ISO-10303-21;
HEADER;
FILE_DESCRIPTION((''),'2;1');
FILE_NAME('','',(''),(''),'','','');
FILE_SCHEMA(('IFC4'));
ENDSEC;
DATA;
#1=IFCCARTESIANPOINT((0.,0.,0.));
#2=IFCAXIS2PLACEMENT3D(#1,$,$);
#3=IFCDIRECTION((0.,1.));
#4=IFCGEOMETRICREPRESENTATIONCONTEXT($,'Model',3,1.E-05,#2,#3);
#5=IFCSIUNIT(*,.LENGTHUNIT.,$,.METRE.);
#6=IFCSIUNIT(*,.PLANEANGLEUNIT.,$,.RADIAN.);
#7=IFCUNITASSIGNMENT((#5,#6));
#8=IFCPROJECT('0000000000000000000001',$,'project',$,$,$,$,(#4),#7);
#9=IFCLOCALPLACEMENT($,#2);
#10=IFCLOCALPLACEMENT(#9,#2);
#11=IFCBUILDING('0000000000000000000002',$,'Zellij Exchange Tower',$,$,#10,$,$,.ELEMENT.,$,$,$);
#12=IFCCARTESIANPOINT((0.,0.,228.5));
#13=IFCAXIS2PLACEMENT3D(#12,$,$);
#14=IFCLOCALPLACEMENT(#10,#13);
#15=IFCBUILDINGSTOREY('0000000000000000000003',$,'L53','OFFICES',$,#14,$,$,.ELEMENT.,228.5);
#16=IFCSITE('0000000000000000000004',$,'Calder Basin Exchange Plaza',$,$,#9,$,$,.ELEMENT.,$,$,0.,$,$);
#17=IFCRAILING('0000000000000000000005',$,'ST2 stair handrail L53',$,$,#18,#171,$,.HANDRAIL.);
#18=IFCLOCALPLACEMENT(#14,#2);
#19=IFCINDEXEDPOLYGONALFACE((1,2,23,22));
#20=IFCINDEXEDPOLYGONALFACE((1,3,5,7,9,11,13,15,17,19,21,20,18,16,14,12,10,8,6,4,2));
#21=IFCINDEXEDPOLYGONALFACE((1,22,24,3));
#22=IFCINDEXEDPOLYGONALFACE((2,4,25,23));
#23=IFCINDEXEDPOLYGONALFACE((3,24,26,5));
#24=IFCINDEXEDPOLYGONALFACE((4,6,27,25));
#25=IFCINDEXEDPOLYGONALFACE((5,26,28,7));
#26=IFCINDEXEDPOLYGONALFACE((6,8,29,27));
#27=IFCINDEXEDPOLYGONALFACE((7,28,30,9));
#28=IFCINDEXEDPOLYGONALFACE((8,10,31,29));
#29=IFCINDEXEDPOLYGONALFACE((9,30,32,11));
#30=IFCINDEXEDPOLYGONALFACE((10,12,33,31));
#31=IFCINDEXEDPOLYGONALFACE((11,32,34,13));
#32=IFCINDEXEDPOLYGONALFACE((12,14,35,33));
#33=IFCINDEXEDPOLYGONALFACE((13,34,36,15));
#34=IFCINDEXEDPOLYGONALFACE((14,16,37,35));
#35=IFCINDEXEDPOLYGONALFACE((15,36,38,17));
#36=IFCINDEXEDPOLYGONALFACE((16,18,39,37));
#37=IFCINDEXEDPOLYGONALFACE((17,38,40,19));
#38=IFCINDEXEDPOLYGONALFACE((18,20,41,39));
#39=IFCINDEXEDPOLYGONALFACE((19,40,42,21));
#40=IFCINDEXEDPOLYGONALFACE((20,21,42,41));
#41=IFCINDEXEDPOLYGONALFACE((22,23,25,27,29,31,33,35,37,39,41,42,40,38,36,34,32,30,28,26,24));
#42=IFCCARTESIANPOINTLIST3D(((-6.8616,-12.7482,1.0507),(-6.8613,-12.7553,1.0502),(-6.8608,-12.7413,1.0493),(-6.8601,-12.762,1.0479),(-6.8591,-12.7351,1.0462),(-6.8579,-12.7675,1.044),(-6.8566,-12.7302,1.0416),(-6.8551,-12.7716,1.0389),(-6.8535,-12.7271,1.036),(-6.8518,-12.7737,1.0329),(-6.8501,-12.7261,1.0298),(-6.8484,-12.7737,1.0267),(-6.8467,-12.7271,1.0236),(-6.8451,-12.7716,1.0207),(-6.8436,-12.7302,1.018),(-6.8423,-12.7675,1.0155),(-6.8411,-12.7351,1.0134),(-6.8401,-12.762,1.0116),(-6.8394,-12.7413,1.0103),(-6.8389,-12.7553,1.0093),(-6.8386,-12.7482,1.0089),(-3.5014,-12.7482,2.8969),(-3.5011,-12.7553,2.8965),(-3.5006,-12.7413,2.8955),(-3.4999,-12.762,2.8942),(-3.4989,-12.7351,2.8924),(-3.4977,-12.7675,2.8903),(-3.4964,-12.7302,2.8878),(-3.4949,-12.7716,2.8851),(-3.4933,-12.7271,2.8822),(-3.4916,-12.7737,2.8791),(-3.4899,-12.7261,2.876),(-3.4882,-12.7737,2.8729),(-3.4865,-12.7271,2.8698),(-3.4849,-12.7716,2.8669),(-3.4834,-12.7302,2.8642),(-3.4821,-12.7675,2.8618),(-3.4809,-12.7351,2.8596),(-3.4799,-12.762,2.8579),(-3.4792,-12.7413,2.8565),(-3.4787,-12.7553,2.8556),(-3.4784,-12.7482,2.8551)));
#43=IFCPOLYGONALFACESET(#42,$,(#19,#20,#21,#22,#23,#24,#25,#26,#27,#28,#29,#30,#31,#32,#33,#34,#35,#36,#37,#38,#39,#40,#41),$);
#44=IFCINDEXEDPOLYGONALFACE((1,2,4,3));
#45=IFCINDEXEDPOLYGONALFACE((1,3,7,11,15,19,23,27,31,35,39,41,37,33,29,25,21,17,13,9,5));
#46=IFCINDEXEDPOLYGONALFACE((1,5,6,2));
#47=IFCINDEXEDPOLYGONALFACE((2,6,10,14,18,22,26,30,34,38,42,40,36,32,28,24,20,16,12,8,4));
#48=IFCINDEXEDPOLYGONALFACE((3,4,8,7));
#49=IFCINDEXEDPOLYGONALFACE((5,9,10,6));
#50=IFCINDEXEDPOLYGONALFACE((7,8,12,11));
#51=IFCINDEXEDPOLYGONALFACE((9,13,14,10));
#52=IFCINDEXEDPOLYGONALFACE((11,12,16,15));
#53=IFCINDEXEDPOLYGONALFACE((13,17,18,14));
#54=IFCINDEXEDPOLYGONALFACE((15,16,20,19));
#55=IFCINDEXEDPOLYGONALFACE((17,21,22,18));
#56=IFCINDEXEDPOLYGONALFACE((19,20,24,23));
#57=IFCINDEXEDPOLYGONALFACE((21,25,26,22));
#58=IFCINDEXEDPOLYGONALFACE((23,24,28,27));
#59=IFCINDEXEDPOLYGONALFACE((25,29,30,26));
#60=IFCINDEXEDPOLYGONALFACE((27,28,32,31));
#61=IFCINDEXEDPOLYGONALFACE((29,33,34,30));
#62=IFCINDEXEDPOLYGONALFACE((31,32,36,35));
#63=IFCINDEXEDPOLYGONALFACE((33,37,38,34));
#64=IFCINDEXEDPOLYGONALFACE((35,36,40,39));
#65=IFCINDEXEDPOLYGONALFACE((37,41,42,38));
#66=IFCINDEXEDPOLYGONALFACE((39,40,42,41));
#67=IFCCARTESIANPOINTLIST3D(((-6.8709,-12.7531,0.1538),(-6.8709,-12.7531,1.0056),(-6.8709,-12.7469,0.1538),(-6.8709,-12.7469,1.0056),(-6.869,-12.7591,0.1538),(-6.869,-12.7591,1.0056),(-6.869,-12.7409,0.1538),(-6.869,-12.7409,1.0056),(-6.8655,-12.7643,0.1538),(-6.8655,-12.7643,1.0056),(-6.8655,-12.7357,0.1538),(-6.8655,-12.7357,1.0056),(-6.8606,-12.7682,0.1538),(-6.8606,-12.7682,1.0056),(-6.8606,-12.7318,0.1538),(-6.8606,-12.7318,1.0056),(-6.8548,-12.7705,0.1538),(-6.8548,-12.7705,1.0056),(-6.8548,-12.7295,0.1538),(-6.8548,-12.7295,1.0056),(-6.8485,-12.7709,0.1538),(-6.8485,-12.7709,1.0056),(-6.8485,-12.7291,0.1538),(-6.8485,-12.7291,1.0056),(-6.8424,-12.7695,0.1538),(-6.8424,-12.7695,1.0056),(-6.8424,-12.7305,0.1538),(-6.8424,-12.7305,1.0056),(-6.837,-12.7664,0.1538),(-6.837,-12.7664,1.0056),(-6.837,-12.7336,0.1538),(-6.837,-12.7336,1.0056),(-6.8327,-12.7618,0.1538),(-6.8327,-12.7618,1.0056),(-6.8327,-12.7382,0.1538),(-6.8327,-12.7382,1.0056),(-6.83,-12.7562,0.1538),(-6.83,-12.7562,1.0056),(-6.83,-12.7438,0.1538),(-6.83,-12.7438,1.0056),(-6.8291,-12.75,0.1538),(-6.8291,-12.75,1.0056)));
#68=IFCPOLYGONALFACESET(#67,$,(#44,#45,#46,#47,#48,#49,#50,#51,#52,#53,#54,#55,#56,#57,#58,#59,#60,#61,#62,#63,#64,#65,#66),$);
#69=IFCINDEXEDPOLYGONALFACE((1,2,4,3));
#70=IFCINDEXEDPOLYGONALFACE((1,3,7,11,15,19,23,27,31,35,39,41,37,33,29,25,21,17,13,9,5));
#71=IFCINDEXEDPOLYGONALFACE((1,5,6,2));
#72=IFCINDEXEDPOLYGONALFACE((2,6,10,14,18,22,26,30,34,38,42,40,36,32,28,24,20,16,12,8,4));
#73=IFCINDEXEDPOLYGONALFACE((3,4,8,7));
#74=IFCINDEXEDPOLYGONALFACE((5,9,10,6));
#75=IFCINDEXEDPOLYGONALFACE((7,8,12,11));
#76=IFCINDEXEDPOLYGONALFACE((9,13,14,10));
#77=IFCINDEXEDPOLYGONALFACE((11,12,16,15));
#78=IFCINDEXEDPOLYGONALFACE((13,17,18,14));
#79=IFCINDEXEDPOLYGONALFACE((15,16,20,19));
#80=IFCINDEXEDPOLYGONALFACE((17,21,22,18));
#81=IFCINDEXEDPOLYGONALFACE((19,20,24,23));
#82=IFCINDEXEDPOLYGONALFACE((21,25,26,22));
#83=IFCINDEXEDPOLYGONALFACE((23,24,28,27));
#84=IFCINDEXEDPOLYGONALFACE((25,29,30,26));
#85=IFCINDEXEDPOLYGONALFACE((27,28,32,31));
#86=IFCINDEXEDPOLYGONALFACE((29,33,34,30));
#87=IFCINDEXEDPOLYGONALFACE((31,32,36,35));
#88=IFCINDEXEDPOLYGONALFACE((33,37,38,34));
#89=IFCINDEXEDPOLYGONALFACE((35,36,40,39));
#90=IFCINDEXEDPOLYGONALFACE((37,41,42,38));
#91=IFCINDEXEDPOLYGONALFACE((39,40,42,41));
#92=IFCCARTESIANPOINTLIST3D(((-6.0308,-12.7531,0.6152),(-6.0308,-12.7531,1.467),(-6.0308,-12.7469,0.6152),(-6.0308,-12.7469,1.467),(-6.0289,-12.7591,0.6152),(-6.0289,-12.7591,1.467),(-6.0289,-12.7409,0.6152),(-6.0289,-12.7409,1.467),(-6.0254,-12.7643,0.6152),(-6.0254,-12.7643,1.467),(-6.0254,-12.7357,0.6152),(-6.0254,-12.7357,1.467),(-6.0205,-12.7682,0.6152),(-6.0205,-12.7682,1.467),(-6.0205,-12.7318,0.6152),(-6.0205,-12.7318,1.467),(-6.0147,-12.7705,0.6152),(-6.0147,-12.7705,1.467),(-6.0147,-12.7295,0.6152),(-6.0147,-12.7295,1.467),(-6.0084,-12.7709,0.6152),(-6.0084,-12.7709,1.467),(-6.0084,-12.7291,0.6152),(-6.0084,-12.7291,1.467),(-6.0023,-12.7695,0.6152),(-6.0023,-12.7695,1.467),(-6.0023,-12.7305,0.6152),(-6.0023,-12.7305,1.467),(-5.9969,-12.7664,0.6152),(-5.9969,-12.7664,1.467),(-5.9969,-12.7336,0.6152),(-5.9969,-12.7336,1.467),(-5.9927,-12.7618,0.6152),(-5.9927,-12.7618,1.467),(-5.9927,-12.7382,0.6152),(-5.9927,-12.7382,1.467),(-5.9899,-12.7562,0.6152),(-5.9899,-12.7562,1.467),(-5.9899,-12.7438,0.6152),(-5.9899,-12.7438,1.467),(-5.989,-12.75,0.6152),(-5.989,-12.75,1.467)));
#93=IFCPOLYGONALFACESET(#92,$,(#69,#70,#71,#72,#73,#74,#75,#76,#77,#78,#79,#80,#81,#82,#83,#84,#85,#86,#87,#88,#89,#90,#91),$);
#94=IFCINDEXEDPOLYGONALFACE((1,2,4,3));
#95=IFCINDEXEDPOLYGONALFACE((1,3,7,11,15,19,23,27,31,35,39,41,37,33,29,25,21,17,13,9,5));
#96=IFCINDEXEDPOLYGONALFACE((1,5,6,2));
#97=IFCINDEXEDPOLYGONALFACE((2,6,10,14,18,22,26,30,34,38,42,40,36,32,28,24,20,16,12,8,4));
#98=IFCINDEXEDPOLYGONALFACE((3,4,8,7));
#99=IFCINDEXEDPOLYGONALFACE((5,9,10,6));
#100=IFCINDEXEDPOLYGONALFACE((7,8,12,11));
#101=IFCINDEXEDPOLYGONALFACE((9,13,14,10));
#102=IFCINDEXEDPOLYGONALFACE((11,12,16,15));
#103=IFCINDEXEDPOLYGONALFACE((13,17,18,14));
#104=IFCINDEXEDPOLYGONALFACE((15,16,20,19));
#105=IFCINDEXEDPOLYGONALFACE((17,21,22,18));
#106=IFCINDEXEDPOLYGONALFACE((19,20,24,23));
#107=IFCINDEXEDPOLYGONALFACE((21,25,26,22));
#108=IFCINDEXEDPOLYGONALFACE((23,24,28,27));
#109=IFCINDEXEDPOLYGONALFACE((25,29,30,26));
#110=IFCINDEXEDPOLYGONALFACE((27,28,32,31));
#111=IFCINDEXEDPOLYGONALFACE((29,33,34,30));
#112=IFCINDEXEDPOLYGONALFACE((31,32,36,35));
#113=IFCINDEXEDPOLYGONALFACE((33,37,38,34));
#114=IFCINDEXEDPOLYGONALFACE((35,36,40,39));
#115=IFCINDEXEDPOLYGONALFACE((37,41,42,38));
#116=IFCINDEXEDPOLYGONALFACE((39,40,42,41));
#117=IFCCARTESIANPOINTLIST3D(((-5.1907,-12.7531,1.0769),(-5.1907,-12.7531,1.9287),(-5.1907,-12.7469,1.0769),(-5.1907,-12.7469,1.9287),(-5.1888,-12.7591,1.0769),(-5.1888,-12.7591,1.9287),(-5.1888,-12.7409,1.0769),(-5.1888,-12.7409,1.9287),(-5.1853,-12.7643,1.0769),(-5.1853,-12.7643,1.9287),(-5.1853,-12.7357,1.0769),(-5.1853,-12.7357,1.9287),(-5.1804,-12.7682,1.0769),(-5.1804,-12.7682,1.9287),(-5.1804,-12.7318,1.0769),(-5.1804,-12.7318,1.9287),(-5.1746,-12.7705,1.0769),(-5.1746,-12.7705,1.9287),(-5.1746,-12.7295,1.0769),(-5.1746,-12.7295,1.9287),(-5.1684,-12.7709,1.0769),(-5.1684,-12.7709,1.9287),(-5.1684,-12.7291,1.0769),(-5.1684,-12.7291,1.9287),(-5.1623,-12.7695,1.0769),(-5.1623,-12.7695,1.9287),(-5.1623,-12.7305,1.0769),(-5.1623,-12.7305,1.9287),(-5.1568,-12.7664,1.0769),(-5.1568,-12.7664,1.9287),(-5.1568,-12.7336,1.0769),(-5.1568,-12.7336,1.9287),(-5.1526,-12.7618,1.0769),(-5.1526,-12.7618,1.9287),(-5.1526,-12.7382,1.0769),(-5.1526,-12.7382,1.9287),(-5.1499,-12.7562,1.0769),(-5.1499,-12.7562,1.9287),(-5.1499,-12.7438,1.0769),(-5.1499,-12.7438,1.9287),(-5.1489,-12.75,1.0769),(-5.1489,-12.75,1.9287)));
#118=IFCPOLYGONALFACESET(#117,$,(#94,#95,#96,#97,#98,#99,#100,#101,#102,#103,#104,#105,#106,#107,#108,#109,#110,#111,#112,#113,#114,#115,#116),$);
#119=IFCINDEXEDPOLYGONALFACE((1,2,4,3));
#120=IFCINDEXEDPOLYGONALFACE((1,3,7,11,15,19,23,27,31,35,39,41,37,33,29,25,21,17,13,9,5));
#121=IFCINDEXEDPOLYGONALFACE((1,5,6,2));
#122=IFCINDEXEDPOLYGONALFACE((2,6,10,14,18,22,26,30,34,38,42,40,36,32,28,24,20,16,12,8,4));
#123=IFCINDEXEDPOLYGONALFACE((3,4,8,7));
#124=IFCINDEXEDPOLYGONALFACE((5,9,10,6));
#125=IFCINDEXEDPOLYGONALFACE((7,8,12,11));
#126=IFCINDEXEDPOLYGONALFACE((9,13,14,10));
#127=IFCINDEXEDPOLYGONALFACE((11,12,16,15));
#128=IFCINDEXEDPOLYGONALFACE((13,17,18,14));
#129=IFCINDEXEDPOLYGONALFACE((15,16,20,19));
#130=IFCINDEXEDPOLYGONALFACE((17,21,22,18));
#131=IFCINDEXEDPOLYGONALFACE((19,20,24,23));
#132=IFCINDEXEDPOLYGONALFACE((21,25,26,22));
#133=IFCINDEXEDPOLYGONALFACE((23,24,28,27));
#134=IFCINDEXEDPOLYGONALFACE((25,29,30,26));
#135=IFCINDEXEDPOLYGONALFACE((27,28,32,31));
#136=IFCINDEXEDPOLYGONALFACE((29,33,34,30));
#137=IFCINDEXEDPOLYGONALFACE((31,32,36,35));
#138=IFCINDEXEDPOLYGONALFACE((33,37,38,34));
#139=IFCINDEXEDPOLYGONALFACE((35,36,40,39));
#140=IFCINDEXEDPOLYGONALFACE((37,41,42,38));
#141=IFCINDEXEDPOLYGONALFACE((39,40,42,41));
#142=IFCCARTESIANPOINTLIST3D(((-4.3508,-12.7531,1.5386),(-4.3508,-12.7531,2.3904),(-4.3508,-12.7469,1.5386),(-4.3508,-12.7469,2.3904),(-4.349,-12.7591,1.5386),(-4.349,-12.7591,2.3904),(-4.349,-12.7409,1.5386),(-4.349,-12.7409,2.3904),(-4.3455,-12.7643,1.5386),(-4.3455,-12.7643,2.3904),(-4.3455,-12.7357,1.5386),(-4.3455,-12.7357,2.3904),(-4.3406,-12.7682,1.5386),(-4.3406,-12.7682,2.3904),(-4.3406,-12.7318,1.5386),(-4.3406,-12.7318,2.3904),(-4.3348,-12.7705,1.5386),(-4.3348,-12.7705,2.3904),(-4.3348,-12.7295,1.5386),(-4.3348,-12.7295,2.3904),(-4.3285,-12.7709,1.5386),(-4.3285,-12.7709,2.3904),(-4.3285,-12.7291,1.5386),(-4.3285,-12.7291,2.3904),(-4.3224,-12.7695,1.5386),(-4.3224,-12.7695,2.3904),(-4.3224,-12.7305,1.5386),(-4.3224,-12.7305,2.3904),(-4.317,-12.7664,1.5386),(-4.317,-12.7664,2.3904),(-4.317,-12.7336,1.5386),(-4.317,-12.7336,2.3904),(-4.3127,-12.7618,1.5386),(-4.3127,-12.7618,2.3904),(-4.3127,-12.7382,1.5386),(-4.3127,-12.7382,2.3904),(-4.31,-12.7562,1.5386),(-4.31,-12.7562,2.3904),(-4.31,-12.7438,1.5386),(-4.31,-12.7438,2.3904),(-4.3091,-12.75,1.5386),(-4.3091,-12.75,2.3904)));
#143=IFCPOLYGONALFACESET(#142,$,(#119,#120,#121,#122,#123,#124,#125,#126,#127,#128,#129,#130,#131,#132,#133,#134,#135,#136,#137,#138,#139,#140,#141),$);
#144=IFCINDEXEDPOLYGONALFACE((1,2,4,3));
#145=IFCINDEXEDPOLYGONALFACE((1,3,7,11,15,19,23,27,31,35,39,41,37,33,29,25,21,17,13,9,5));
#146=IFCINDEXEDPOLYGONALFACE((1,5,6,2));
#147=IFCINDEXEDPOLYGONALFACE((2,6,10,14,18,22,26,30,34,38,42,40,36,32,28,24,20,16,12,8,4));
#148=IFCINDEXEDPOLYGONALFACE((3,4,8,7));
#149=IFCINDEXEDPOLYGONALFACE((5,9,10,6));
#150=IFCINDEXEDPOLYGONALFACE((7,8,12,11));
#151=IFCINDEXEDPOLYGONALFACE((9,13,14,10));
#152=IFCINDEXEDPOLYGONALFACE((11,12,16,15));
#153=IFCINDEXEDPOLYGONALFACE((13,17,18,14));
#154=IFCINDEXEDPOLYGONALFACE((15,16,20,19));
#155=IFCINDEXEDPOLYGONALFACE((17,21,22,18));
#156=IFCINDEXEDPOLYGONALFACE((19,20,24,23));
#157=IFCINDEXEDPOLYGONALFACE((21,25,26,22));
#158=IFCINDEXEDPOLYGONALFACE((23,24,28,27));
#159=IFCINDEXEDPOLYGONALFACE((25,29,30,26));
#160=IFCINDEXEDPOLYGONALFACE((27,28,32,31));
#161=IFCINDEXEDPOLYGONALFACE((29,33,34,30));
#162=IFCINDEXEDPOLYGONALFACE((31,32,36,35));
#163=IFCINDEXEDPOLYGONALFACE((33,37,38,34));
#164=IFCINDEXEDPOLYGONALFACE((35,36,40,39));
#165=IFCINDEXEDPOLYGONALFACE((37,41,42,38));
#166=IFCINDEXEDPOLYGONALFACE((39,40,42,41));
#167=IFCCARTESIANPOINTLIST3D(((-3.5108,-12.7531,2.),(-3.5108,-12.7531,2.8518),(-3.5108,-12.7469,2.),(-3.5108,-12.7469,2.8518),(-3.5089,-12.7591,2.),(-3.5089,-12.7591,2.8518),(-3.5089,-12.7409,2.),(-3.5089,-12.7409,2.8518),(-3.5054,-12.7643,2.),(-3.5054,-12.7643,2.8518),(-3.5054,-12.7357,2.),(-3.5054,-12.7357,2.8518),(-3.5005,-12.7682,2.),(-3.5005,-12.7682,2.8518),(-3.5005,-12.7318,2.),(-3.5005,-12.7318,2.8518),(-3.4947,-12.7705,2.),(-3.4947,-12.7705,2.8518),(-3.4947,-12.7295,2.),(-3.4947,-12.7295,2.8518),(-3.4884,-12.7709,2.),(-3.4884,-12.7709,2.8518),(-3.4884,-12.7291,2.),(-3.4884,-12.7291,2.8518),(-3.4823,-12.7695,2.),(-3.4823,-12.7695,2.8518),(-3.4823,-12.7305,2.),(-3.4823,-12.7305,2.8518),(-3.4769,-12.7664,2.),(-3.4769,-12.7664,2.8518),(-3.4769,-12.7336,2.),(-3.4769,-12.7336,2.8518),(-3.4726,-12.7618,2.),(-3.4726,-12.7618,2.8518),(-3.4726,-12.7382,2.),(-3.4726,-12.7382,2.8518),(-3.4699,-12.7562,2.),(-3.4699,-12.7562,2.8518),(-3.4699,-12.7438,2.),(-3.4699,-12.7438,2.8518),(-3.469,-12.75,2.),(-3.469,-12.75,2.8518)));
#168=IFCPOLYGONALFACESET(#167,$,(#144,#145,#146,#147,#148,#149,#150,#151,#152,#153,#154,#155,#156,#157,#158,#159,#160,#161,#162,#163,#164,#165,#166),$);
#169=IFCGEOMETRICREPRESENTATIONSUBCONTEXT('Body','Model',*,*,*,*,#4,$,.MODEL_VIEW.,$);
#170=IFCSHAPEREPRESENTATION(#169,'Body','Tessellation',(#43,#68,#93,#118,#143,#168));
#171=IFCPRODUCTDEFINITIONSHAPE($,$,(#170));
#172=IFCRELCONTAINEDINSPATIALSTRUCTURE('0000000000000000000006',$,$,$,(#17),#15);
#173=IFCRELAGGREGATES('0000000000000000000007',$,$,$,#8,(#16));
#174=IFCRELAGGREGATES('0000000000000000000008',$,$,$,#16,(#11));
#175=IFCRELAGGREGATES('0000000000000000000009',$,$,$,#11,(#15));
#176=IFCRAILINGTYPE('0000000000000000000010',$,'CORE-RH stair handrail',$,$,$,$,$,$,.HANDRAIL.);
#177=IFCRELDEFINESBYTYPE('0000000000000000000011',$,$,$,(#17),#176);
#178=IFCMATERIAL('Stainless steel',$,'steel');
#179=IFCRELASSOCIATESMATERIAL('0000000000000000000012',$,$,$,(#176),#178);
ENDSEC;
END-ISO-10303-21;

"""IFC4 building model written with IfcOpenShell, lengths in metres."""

from ifc_helpers import new_model, si_unit, direction, frame, origin, origin_2d, place, context, subcontext, project, spatial, circle, extrude, material, type_object, element, save


model = new_model("IFC4")

# Units and contexts
model_context = context("Model", 3, precision=1e-05, world=origin(), true_north=direction((0.0, 1.0)))
body_context = subcontext(model_context, "Body", "Model", "MODEL_VIEW")
ifc_project = project(units=[si_unit("LENGTHUNIT", "METRE"), si_unit("PLANEANGLEUNIT", "RADIAN")], contexts=[model_context])

# Site, building, storey
site_placement = place(None, origin())
site = spatial("IfcSite", under=ifc_project, at=site_placement, Name="Calder Basin Exchange Plaza", CompositionType="ELEMENT", RefElevation=0.0)
building_placement = place(site_placement, origin())
building = spatial("IfcBuilding", under=site, at=building_placement, Name="Zellij Exchange Tower", CompositionType="ELEMENT")
storey_placement = place(building_placement, frame((0.0, 0.0, 228.5)))
storey = spatial("IfcBuildingStorey", under=building, at=storey_placement, Name="L53", Description="OFFICES", CompositionType="ELEMENT", Elevation=228.5)

# Railing
ifc_material_1 = material(Name="Stainless steel", Category="steel")
railing_type_1 = type_object("IfcRailingType", Name="CORE-RH stair handrail", PredefinedType="HANDRAIL", material=ifc_material_1)
railing_1_placement = place(storey_placement, frame((-6.8501, -12.75, 0.1538)))
element("IfcRailing", 1, at=railing_1_placement, inside=storey, type_object=railing_type_1, Name="ST2 stair handrail L53", PredefinedType="HANDRAIL", context=body_context, shape_type="SweptSolid", body=[
    extrude(circle(Radius=0.0239, at=origin_2d()), frame((0.0, 0.0, 0.876), z_axis=(0.876422, 0.0, 0.481545), x_axis=(0.0, 1.0, 0.0)), (0.0, 0.0, 1.0), 3.834),
    extrude(circle(Radius=0.021, at=origin_2d()), origin(), (0.0, 0.0, 1.0), 0.8518),
    extrude(circle(Radius=0.021, at=origin_2d()), frame((0.8401, 0.0, 0.4614)), (0.0, 0.0, 1.0), 0.8518),
    extrude(circle(Radius=0.021, at=origin_2d()), frame((1.6802, 0.0, 0.9231)), (0.0, 0.0, 1.0), 0.8518),
    extrude(circle(Radius=0.021, at=origin_2d()), frame((2.52, 0.0, 1.3848)), (0.0, 0.0, 1.0), 0.8518),
    extrude(circle(Radius=0.021, at=origin_2d()), frame((3.3601, 0.0, 1.8462)), (0.0, 0.0, 1.0), 0.8518),
])

save(model, "model.ifc")
